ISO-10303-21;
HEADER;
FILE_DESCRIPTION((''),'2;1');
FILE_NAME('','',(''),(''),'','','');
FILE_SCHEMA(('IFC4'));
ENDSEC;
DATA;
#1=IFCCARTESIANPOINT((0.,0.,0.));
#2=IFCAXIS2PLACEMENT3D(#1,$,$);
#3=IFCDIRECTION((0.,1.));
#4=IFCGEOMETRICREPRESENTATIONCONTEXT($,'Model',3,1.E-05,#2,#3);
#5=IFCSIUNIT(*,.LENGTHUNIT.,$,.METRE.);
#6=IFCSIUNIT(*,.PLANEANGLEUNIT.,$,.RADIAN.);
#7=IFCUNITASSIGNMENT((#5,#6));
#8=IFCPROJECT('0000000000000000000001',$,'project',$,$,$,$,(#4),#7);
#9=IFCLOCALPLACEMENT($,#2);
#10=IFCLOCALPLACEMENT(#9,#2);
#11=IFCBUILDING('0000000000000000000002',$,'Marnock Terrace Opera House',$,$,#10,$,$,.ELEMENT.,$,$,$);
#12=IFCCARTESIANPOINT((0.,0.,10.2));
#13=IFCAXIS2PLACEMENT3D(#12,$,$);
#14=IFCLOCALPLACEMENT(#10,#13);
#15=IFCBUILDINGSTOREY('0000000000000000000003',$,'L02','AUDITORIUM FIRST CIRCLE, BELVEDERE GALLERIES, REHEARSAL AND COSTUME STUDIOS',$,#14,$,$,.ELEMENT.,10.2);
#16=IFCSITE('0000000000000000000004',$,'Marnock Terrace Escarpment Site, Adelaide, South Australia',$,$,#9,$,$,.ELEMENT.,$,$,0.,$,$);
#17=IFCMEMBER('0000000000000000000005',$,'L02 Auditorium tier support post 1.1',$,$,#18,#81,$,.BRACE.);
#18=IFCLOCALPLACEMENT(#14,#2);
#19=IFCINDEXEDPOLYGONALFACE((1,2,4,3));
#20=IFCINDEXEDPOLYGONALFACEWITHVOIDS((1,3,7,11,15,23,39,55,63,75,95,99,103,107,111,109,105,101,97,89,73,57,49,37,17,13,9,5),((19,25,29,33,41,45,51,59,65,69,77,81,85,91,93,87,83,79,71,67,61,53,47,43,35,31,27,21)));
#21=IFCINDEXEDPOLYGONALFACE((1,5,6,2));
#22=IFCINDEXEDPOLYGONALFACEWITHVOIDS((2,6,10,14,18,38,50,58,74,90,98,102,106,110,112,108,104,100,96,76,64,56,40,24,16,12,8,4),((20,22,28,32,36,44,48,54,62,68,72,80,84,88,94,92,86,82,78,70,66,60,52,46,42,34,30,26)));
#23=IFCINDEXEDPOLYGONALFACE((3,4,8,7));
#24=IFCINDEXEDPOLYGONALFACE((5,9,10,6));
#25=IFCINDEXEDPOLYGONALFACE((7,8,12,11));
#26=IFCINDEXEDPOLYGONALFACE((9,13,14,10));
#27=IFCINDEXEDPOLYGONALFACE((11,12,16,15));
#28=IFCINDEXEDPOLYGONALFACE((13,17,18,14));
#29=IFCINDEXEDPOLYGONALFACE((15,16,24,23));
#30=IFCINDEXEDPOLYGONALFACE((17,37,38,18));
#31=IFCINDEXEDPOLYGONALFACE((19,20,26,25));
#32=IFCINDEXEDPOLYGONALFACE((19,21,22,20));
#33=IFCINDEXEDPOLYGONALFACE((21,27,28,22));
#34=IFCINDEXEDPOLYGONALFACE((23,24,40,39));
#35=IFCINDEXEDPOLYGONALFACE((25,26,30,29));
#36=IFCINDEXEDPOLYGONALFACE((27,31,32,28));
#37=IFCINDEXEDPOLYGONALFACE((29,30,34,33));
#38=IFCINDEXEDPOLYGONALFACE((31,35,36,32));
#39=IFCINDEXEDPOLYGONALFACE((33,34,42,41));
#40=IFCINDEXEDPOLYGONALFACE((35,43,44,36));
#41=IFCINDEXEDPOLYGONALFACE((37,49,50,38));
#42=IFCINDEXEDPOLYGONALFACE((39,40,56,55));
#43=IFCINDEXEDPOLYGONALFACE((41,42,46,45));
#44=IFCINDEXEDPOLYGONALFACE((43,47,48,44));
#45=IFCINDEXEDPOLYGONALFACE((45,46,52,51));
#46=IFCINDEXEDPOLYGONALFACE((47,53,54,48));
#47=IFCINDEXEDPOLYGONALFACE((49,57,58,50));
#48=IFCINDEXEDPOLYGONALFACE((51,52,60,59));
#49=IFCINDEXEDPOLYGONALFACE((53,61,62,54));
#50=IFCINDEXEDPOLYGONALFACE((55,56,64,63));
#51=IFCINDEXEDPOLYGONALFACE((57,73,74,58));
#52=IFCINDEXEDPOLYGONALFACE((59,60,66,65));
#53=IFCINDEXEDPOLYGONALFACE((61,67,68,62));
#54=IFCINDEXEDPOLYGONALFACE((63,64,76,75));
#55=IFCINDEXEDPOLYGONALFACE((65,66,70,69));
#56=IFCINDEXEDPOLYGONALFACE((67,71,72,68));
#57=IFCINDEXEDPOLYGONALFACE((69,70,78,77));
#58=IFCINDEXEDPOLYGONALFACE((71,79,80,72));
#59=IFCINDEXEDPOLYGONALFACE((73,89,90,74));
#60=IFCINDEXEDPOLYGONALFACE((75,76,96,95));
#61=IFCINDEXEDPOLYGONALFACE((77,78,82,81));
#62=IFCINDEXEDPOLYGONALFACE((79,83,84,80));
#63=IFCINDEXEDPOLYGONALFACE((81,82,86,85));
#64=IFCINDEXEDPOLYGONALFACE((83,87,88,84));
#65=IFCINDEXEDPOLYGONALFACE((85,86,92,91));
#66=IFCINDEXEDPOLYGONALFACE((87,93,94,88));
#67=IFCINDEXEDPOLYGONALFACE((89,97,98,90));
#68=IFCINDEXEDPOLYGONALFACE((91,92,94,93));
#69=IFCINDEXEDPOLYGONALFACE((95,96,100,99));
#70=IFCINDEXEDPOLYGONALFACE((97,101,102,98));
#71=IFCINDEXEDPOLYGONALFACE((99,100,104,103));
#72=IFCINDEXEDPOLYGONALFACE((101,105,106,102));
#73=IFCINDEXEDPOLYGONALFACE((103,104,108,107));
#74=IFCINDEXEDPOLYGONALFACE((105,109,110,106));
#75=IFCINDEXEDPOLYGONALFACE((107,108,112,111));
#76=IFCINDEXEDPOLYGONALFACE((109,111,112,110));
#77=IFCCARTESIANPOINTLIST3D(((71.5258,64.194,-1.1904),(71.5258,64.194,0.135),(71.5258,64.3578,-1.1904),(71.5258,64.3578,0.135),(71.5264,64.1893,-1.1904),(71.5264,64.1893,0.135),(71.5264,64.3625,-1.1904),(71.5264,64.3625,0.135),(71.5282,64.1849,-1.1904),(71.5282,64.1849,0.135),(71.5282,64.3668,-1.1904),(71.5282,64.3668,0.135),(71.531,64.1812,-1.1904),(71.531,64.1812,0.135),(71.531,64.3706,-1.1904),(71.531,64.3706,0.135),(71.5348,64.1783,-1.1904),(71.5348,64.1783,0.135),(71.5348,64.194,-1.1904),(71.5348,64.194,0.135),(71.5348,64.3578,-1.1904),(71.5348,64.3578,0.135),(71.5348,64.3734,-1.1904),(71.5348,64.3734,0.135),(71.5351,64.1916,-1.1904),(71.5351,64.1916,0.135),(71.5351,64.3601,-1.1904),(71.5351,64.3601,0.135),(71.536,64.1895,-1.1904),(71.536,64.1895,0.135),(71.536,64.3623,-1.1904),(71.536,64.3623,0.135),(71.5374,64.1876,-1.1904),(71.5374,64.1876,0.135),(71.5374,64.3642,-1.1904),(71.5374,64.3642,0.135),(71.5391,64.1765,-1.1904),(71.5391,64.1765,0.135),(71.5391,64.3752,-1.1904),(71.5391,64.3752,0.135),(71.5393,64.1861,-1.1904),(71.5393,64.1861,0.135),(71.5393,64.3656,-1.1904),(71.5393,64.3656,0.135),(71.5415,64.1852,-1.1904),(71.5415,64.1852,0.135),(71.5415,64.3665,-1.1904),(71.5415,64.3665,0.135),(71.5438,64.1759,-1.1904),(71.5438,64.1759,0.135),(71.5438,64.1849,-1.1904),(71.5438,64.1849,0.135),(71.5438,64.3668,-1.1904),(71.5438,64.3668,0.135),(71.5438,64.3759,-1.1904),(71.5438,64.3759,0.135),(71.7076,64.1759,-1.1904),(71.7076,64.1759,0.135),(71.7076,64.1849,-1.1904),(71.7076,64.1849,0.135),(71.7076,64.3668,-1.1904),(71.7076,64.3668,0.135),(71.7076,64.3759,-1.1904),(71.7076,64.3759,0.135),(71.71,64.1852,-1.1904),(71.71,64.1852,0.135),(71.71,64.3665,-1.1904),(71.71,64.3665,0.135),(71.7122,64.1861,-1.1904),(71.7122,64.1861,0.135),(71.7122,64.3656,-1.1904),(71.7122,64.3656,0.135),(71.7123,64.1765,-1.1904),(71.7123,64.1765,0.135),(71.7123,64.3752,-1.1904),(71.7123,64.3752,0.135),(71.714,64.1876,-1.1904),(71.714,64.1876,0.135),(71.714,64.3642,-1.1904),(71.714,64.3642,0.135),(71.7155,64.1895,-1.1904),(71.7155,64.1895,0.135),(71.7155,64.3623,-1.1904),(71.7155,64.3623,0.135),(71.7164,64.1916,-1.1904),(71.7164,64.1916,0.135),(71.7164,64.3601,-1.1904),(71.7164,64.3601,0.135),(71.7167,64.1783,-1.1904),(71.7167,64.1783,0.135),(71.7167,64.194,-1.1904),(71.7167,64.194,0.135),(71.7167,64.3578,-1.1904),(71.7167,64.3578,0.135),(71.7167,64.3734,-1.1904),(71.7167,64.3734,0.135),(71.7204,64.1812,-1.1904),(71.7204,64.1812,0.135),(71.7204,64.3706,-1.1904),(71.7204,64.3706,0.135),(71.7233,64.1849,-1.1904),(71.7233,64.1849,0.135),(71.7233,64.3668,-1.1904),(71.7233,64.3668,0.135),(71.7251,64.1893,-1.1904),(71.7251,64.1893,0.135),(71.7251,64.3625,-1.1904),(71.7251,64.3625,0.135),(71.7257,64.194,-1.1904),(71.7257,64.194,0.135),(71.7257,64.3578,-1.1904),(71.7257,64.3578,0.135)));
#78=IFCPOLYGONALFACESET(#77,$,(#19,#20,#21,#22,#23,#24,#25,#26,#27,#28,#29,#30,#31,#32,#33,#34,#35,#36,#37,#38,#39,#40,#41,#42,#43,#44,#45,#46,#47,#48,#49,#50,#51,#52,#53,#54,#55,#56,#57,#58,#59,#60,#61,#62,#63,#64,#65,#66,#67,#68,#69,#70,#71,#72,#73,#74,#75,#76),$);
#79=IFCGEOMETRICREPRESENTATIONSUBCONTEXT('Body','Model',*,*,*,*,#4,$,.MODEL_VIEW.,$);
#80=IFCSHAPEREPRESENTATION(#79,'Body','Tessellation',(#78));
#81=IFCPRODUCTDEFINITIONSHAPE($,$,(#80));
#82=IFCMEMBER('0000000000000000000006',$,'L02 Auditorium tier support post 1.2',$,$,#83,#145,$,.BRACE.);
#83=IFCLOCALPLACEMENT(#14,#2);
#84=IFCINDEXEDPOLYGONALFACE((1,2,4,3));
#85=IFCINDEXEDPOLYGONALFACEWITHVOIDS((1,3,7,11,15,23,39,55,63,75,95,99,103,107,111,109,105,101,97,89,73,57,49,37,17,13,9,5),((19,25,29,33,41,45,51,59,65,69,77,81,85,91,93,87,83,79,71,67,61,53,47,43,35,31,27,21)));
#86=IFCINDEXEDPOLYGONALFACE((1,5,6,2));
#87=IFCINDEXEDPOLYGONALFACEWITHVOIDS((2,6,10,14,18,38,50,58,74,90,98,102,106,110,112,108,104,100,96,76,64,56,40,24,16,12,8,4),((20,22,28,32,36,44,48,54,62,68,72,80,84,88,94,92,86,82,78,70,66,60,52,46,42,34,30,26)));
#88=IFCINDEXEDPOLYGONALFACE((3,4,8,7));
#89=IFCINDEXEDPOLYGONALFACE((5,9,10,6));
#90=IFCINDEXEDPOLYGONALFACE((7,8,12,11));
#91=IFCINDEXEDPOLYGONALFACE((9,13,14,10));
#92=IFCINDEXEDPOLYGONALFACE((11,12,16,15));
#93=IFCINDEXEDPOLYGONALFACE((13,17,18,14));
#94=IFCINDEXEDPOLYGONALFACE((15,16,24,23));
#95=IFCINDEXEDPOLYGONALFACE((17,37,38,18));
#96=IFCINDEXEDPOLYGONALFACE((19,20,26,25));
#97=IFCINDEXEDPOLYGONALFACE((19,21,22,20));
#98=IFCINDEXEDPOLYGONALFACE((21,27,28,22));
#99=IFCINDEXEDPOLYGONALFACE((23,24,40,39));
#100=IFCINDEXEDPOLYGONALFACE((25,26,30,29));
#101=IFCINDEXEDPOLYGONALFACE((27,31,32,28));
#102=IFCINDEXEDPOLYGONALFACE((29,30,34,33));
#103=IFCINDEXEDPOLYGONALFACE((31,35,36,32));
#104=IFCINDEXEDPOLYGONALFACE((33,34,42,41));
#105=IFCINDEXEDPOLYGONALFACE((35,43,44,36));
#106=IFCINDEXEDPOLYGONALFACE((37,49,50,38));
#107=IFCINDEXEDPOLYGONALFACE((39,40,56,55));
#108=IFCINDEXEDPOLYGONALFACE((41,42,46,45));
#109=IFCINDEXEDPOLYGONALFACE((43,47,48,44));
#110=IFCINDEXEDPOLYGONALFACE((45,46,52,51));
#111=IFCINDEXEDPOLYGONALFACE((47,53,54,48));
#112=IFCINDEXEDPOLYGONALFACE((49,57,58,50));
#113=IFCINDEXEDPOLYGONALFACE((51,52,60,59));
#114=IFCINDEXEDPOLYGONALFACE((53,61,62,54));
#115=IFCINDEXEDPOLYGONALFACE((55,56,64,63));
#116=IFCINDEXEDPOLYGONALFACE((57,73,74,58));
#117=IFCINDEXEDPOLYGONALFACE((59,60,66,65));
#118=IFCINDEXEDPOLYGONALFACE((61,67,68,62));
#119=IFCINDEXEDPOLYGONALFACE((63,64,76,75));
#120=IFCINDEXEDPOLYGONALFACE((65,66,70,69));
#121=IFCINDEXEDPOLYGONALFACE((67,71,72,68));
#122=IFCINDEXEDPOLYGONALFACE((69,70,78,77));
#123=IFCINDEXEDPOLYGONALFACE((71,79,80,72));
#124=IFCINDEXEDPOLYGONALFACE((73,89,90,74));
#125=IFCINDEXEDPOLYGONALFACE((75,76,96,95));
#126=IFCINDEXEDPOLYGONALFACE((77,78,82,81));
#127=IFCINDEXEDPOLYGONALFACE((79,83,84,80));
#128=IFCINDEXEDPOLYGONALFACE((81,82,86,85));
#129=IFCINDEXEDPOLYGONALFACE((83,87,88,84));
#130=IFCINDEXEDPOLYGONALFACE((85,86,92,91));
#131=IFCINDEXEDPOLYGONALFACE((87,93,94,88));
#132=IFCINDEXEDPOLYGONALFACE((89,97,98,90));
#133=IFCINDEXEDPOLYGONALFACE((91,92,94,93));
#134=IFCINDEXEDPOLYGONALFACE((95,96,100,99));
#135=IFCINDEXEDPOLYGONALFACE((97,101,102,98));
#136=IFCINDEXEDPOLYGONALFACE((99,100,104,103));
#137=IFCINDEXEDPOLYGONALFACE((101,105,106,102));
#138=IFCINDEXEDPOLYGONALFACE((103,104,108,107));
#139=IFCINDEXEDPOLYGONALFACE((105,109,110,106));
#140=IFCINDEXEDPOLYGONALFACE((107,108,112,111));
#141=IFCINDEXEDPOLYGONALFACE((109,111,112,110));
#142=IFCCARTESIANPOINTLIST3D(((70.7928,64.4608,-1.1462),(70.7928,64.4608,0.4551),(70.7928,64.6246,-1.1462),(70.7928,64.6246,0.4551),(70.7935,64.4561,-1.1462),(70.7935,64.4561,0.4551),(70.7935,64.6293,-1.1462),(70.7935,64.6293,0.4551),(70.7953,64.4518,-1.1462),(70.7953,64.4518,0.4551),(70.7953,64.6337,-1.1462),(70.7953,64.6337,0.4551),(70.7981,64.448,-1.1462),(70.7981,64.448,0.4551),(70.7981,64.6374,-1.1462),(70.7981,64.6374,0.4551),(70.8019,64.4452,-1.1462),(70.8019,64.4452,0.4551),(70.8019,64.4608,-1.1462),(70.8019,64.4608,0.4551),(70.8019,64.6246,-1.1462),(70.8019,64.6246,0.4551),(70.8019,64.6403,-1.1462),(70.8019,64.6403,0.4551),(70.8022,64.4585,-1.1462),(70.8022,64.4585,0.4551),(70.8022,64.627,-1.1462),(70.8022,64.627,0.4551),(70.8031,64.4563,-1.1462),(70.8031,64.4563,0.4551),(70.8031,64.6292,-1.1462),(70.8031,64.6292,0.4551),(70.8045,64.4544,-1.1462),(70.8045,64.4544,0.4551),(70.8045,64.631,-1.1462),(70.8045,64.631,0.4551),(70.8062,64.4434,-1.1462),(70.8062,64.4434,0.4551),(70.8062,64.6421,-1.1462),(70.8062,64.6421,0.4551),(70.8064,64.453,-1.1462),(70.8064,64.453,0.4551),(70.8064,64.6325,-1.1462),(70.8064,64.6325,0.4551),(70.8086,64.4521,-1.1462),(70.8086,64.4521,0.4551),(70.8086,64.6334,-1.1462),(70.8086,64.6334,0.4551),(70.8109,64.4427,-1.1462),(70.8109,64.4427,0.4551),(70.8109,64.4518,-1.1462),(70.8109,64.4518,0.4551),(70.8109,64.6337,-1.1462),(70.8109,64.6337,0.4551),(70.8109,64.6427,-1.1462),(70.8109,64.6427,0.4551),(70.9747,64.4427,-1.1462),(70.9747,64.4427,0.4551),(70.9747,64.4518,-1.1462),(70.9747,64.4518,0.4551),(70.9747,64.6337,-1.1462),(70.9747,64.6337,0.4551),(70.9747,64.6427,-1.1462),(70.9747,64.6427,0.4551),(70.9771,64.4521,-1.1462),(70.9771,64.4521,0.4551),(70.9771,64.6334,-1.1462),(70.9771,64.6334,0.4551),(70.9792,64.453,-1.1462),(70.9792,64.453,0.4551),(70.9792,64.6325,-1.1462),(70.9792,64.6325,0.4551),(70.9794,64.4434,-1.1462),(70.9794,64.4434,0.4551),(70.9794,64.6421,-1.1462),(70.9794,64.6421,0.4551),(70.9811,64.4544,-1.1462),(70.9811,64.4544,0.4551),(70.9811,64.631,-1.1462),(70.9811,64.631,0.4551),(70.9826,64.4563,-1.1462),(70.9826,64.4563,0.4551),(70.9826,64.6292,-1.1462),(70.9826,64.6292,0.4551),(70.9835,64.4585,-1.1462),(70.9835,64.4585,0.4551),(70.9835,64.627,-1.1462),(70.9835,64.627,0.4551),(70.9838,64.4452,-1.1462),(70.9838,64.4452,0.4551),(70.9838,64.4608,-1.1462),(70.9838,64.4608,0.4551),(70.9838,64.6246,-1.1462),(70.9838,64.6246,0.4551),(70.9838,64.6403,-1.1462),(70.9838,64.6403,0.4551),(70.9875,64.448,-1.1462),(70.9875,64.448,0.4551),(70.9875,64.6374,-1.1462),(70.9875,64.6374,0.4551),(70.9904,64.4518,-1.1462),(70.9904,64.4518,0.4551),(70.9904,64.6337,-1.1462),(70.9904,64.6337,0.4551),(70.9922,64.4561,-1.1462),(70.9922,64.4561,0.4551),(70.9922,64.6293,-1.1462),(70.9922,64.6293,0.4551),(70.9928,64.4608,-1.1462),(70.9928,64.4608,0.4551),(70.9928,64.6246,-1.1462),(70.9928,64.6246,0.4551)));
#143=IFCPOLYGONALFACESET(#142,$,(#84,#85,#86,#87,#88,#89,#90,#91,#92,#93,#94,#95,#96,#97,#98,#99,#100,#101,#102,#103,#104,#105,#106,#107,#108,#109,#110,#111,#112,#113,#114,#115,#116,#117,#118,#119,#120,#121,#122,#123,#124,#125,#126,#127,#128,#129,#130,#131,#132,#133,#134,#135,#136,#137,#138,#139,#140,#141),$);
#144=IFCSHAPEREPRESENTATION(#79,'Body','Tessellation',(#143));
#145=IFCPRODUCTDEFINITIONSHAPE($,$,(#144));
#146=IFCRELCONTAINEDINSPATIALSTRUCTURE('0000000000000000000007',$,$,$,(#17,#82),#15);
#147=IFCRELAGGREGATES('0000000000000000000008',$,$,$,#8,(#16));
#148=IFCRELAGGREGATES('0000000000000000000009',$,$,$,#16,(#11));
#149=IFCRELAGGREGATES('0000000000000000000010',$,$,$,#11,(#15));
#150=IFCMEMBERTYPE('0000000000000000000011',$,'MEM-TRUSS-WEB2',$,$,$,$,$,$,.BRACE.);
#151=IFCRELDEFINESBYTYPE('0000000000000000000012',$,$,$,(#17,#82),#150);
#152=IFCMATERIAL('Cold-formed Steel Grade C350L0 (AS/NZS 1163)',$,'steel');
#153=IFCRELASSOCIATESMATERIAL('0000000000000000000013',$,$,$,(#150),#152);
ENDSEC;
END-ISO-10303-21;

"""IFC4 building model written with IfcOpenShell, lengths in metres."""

from ifc_helpers import new_model, si_unit, direction, frame, origin, origin_2d, place, context, subcontext, project, spatial, hollow_rectangle, extrude, material, material_profile, profile_set, type_object, element, save


model = new_model("IFC4")

# Units and contexts
model_context = context("Model", 3, precision=1e-05, world=origin(), true_north=direction((0.0, 1.0)))
body_context = subcontext(model_context, "Body", "Model", "MODEL_VIEW")
ifc_project = project(units=[si_unit("LENGTHUNIT", "METRE"), si_unit("PLANEANGLEUNIT", "RADIAN")], contexts=[model_context])

# Site, building, storey
site_placement = place(None, origin())
site = spatial("IfcSite", under=ifc_project, at=site_placement, Name="Marnock Terrace Escarpment Site, Adelaide, South Australia", CompositionType="ELEMENT", RefElevation=0.0)
building_placement = place(site_placement, origin())
building = spatial("IfcBuilding", under=site, at=building_placement, Name="Marnock Terrace Opera House", CompositionType="ELEMENT")
storey_placement = place(building_placement, frame((0.0, 0.0, 10.2)))
storey = spatial("IfcBuildingStorey", under=building, at=storey_placement, Name="L02", Description="AUDITORIUM FIRST CIRCLE, BELVEDERE GALLERIES, REHEARSAL AND COSTUME STUDIOS", CompositionType="ELEMENT", Elevation=10.2)

# Members
ifc_material_1 = material(Name="Cold-formed Steel Grade C350L0 (AS/NZS 1163)", Category="steel")
ifc_material_profile_1 = material_profile(ifc_material_1, hollow_rectangle(XDim=0.2, YDim=0.2, WallThickness=0.009, InnerFilletRadius=0.009, OuterFilletRadius=0.0181, at=origin_2d()))
ifc_profile_set_1 = profile_set([ifc_material_profile_1], Name="Cold-formed Steel Grade C350L0 (AS/NZS 1163)")
member_type = type_object("IfcMemberType", Name="MEM-TRUSS-WEB2", PredefinedType="BRACE", material=ifc_profile_set_1)
member_1_placement = place(storey_placement, frame((71.6257, 64.2759, -1.1904), z_axis=(0.0, 0.0, 1.0), x_axis=(1.0, 0.0, 0.0)))
element("IfcMember", 1, at=member_1_placement, inside=storey, type_object=member_type, Name="L02 Auditorium tier support post 1.1", PredefinedType="BRACE", context=body_context, shape_type="SweptSolid", body=[
    extrude(hollow_rectangle(XDim=0.2, YDim=0.2, WallThickness=0.009, InnerFilletRadius=0.009, OuterFilletRadius=0.0181, at=origin_2d()), origin(), (0.0, 0.0, 1.0), 1.3254),
])
member_2_placement = place(storey_placement, frame((70.8928, 64.5427, -1.1462), z_axis=(0.0, 0.0, 1.0), x_axis=(1.0, 0.0, 0.0)))
element("IfcMember", 2, at=member_2_placement, inside=storey, type_object=member_type, Name="L02 Auditorium tier support post 1.2", PredefinedType="BRACE", context=body_context, shape_type="SweptSolid", body=[
    extrude(hollow_rectangle(XDim=0.2, YDim=0.2, WallThickness=0.009, InnerFilletRadius=0.009, OuterFilletRadius=0.0181, at=origin_2d()), origin(), (0.0, 0.0, 1.0), 1.6013),
])

save(model, "model.ifc")
